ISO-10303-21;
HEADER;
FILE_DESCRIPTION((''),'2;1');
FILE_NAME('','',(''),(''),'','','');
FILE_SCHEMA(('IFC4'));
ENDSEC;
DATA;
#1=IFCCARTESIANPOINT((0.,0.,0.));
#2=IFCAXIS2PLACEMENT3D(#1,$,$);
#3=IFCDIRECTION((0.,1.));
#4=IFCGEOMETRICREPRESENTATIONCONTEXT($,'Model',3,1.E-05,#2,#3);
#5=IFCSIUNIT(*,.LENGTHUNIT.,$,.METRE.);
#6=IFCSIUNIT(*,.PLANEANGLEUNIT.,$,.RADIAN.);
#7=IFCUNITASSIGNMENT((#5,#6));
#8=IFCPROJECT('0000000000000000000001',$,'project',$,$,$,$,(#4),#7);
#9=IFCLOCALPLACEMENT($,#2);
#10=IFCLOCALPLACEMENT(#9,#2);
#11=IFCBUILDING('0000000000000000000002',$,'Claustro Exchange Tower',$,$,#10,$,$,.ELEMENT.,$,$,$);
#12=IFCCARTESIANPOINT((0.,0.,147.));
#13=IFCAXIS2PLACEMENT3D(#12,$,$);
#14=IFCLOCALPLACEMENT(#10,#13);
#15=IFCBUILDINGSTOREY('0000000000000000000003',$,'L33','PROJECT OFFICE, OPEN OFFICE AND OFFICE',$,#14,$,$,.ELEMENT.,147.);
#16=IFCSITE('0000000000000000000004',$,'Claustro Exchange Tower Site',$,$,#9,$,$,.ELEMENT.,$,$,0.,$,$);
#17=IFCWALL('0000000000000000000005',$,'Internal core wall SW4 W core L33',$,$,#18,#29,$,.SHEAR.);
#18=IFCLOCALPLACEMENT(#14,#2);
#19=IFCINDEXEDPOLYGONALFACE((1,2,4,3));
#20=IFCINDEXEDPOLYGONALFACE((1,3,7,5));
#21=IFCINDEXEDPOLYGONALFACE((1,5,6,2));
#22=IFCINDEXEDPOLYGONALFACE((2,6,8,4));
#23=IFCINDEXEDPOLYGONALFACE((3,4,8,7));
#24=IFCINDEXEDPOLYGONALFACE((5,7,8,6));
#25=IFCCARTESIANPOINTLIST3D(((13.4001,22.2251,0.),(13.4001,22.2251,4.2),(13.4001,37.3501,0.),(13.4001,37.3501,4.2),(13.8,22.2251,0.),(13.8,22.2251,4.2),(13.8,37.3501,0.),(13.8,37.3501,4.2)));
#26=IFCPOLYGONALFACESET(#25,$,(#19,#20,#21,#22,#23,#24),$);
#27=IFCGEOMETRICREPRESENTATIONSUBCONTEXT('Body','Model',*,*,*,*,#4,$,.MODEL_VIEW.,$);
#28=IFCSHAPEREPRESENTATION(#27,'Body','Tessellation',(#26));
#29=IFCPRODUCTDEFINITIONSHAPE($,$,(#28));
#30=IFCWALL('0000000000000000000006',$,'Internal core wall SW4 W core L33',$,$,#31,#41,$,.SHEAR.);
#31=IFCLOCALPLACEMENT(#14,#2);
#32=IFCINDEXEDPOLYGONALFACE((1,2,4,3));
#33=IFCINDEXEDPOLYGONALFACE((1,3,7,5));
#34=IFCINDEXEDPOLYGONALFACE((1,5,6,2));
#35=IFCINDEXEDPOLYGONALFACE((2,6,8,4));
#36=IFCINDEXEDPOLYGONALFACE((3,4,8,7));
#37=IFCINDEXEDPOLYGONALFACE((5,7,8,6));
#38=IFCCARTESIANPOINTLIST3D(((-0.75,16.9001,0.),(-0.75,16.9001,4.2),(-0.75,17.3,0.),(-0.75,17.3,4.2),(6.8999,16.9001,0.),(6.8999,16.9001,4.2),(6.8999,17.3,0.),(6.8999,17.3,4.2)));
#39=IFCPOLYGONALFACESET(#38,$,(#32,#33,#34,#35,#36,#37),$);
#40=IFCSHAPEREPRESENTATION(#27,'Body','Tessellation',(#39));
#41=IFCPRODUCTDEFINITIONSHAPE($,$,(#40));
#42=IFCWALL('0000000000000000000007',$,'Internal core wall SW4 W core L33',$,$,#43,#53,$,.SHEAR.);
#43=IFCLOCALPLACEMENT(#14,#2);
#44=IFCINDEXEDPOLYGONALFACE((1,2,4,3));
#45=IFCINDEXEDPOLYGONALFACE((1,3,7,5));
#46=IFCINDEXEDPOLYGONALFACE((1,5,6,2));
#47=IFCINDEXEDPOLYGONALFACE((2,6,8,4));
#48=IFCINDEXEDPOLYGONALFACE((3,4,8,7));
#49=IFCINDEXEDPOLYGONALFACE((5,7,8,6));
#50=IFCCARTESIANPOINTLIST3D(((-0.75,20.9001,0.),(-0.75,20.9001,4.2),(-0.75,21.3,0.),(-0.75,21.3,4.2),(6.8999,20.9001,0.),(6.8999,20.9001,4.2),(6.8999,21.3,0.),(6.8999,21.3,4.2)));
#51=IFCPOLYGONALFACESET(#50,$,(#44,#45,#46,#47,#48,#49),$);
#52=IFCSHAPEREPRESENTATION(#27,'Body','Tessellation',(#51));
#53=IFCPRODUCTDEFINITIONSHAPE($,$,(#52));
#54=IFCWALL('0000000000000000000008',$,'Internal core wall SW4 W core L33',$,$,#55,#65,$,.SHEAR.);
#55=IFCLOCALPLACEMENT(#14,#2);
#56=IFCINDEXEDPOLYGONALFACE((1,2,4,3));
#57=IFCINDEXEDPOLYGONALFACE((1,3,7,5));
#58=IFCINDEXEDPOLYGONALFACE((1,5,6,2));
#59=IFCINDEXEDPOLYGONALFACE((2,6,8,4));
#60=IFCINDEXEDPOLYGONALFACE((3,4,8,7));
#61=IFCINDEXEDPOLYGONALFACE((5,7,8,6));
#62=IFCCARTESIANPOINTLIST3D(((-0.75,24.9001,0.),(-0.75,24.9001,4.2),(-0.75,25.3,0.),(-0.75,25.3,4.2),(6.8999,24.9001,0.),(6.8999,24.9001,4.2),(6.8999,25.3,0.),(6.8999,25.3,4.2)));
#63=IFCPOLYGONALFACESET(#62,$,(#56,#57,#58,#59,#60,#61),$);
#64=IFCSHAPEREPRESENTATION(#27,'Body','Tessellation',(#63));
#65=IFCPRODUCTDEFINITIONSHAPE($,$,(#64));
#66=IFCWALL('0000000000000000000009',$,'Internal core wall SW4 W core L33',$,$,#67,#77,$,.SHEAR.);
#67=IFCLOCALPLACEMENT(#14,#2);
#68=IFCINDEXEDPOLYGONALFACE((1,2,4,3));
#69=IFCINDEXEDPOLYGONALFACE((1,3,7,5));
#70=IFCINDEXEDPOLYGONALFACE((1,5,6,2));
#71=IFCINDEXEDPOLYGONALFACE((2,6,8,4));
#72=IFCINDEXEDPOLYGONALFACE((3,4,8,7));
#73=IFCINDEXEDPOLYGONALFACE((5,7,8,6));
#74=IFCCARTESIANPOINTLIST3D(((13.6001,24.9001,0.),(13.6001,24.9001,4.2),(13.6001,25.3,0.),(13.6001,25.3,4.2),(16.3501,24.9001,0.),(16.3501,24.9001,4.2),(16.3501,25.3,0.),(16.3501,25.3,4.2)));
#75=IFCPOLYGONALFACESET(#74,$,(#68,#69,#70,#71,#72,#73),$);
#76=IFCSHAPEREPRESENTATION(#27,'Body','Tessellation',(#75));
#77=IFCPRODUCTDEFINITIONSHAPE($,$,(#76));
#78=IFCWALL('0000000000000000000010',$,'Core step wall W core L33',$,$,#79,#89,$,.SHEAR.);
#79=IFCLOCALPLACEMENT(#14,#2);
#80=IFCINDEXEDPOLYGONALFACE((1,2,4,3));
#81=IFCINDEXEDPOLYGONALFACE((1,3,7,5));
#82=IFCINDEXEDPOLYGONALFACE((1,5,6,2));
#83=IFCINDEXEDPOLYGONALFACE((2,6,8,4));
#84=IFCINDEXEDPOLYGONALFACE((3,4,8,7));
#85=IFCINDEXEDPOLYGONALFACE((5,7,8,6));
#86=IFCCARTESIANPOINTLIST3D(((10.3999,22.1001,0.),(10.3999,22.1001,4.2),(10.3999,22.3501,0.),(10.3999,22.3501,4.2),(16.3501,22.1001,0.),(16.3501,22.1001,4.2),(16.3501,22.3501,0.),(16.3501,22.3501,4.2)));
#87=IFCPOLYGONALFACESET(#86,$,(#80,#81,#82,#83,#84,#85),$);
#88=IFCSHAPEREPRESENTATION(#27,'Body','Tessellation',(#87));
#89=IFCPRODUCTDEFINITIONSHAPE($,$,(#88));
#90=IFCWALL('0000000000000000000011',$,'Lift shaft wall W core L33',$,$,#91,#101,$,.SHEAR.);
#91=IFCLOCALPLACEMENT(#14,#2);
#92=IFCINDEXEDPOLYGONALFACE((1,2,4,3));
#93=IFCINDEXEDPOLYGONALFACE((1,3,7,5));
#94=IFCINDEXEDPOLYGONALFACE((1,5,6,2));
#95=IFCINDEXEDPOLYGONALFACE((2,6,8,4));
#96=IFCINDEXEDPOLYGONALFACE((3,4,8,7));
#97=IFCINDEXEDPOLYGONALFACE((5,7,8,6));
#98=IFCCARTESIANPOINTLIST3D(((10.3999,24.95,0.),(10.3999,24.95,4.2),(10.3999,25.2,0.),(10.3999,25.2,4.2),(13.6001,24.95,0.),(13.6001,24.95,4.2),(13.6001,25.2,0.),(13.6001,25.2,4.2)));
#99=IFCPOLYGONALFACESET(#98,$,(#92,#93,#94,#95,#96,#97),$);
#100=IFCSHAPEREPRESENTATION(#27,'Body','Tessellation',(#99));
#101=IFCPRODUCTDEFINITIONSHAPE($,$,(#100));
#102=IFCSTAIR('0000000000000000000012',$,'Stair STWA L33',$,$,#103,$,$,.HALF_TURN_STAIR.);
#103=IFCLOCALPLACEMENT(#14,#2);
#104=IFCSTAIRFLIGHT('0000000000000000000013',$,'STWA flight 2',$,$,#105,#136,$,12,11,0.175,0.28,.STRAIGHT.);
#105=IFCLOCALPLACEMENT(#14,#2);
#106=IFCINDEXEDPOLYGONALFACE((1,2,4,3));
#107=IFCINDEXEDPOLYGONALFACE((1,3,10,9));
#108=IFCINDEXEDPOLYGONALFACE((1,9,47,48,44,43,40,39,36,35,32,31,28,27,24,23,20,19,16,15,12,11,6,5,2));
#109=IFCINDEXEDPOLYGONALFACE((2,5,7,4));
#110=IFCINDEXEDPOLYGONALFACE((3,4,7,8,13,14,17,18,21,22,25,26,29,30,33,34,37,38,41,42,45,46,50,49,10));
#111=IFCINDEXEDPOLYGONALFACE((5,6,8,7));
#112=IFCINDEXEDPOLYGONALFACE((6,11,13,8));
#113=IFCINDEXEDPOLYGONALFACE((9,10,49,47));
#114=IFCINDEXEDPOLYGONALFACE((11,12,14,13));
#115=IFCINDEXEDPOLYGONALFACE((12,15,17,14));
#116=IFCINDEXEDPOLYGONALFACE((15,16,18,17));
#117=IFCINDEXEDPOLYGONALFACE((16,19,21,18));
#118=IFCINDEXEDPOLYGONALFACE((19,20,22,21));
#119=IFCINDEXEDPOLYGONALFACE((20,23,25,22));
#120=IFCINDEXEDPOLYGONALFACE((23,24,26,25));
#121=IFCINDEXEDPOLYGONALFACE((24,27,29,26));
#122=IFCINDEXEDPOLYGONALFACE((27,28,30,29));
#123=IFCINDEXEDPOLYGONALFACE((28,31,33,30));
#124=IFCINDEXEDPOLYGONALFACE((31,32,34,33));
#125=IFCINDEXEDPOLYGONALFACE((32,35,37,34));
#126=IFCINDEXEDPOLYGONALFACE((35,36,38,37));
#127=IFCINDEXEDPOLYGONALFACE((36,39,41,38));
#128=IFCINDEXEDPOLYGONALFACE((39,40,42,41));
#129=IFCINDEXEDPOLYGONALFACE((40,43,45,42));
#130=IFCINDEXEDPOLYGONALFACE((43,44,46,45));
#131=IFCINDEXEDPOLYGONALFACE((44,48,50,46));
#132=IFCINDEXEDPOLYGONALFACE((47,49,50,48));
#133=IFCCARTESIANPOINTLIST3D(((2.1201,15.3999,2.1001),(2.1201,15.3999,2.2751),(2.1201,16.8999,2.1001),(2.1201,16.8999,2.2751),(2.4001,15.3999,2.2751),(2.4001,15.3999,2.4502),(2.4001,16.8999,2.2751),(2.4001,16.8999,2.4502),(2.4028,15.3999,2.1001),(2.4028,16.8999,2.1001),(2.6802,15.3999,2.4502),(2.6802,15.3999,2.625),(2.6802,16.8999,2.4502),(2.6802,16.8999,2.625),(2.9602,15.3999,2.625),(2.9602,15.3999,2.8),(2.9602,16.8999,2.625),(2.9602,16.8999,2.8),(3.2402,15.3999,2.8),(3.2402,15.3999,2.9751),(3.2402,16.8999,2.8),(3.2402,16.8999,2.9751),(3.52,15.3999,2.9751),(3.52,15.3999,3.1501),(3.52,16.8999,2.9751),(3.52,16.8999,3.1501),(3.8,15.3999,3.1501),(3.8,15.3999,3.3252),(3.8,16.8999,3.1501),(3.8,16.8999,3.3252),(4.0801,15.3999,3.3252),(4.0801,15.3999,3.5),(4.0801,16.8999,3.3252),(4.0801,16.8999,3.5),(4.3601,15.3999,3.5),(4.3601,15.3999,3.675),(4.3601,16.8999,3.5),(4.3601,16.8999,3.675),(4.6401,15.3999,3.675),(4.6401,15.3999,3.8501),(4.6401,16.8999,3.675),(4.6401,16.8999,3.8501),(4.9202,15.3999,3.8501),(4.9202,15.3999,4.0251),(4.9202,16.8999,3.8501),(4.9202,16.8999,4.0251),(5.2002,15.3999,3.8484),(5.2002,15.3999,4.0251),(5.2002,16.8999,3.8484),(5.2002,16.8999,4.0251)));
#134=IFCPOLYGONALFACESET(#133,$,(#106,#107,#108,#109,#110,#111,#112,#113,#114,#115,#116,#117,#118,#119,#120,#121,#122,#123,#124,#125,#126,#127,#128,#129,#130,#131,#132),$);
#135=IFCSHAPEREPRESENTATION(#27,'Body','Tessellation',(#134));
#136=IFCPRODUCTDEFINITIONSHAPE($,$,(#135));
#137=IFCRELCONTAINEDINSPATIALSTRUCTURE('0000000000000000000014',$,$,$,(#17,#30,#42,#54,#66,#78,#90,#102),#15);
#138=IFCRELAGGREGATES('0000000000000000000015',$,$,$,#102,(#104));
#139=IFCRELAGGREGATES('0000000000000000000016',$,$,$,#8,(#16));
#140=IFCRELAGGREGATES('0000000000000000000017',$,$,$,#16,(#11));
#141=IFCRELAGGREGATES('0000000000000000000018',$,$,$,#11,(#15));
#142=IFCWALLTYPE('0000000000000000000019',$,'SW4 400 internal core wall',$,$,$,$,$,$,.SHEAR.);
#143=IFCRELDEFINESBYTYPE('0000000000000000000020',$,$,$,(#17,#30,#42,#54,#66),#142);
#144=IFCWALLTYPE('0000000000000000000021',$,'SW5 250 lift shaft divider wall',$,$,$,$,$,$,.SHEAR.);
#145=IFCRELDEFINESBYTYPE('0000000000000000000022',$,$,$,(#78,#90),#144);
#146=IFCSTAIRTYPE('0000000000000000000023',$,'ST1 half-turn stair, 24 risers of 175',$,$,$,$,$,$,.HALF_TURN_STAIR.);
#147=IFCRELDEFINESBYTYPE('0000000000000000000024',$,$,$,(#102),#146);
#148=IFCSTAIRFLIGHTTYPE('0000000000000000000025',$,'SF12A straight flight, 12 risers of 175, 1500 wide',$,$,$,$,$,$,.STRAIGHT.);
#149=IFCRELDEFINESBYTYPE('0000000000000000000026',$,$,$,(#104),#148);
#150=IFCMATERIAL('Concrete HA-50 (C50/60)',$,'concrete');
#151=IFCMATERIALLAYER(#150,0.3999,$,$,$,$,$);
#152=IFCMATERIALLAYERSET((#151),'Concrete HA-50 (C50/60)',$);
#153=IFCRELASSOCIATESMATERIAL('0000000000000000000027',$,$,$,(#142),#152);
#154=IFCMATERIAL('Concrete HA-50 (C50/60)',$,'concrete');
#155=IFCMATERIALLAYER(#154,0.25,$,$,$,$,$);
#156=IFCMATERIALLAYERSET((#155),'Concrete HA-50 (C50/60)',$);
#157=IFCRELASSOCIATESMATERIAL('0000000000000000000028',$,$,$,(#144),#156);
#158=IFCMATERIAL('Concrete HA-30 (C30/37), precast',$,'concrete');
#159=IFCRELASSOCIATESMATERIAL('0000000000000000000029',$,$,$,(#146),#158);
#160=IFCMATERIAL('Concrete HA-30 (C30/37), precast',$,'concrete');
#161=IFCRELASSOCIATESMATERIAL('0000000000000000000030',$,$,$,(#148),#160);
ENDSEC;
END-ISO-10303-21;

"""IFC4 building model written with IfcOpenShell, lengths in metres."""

from ifc_helpers import new_model, si_unit, direction, frame, frame_2d, origin, place, context, subcontext, project, spatial, polyline, rectangle, outline, extrude, material, layer, layer_set, type_object, element, aggregate, save


model = new_model("IFC4")

# Units and contexts
model_context = context("Model", 3, precision=1e-05, world=origin(), true_north=direction((0.0, 1.0)))
body_context = subcontext(model_context, "Body", "Model", "MODEL_VIEW")
ifc_project = project(units=[si_unit("LENGTHUNIT", "METRE"), si_unit("PLANEANGLEUNIT", "RADIAN")], contexts=[model_context])

# Site, building, storey
site_placement = place(None, origin())
site = spatial("IfcSite", under=ifc_project, at=site_placement, Name="Claustro Exchange Tower Site", CompositionType="ELEMENT", RefElevation=0.0)
building_placement = place(site_placement, origin())
building = spatial("IfcBuilding", under=site, at=building_placement, Name="Claustro Exchange Tower", CompositionType="ELEMENT")
storey_placement = place(building_placement, frame((0.0, 0.0, 147.0)))
storey = spatial("IfcBuildingStorey", under=building, at=storey_placement, Name="L33", Description="PROJECT OFFICE, OPEN OFFICE AND OFFICE", CompositionType="ELEMENT", Elevation=147.0)

# Walls
ifc_material_1 = material(Name="Concrete HA-50 (C50/60)", Category="concrete")
ifc_layer_1 = layer(ifc_material_1, 0.3999)
ifc_layer_set_1 = layer_set([ifc_layer_1], Name="Concrete HA-50 (C50/60)")
wall_type_1 = type_object("IfcWallType", Name="SW4 400 internal core wall", PredefinedType="SHEAR", material=ifc_layer_set_1)
wall_1_placement = place(storey_placement, frame((13.6001, 22.2251, 0.0), z_axis=(0.0, 0.0, 1.0), x_axis=(0.0, 1.0, 0.0)))
element("IfcWall", 1, at=wall_1_placement, inside=storey, type_object=wall_type_1, Name="Internal core wall SW4 W core L33", PredefinedType="SHEAR", context=body_context, shape_type="SweptSolid", body=[
    extrude(rectangle(XDim=15.125, YDim=0.3999, at=frame_2d((7.5625, 0.0))), origin(), (0.0, 0.0, 1.0), 4.2),
])
for number, where, z_axis, x_axis, name in (
    (2, (-0.75, 17.1001, 0.0), (0.0, 0.0, 1.0), (1.0, 0.0, 0.0), "Internal core wall SW4 W core L33"),
    (3, (-0.75, 21.1001, 0.0), (0.0, 0.0, 1.0), (1.0, 0.0, 0.0), "Internal core wall SW4 W core L33"),
    (4, (-0.75, 25.1001, 0.0), (0.0, 0.0, 1.0), (1.0, 0.0, 0.0), "Internal core wall SW4 W core L33"),
):
    element("IfcWall", number, at=place(storey_placement, frame(where, z_axis=z_axis, x_axis=x_axis)), inside=storey, type_object=wall_type_1, Name=name, PredefinedType="SHEAR", context=body_context, shape_type="SweptSolid", body=[
        extrude(rectangle(XDim=7.6499, YDim=0.3999, at=frame_2d((3.825, 0.0))), origin(), (0.0, 0.0, 1.0), 4.2),
    ])
wall_2_placement = place(storey_placement, frame((13.6001, 25.1001, 0.0), z_axis=(0.0, 0.0, 1.0), x_axis=(1.0, 0.0, 0.0)))
element("IfcWall", 5, at=wall_2_placement, inside=storey, type_object=wall_type_1, Name="Internal core wall SW4 W core L33", PredefinedType="SHEAR", context=body_context, shape_type="SweptSolid", body=[
    extrude(rectangle(XDim=2.75, YDim=0.3999, at=frame_2d((1.375, 0.0))), origin(), (0.0, 0.0, 1.0), 4.2),
])
ifc_material_2 = material(Name="Concrete HA-50 (C50/60)", Category="concrete")
ifc_layer_2 = layer(ifc_material_2, 0.25)
ifc_layer_set_2 = layer_set([ifc_layer_2], Name="Concrete HA-50 (C50/60)")
wall_type_2 = type_object("IfcWallType", Name="SW5 250 lift shaft divider wall", PredefinedType="SHEAR", material=ifc_layer_set_2)
wall_3_placement = place(storey_placement, frame((10.3999, 22.2251, 0.0), z_axis=(0.0, 0.0, 1.0), x_axis=(1.0, 0.0, 0.0)))
element("IfcWall", 6, at=wall_3_placement, inside=storey, type_object=wall_type_2, Name="Core step wall W core L33", PredefinedType="SHEAR", context=body_context, shape_type="SweptSolid", body=[
    extrude(rectangle(XDim=5.9502, YDim=0.25, at=frame_2d((2.9751, 0.0))), origin(), (0.0, 0.0, 1.0), 4.2),
])
wall_4_placement = place(storey_placement, frame((10.3999, 25.075, 0.0), z_axis=(0.0, 0.0, 1.0), x_axis=(1.0, 0.0, 0.0)))
element("IfcWall", 7, at=wall_4_placement, inside=storey, type_object=wall_type_2, Name="Lift shaft wall W core L33", PredefinedType="SHEAR", context=body_context, shape_type="SweptSolid", body=[
    extrude(rectangle(XDim=3.2002, YDim=0.25, at=frame_2d((1.6001, 0.0))), origin(), (0.0, 0.0, 1.0), 4.2),
])

# Stair, stair flight
ifc_material_3 = material(Name="Concrete HA-30 (C30/37), precast", Category="concrete")
stair_type = type_object("IfcStairType", Name="ST1 half-turn stair, 24 risers of 175", PredefinedType="HALF_TURN_STAIR", material=ifc_material_3)
stair_placement = place(storey_placement, origin())
stair = element("IfcStair", 8, at=stair_placement, inside=storey, type_object=stair_type, Name="Stair STWA L33", PredefinedType="HALF_TURN_STAIR")
ifc_material_4 = material(Name="Concrete HA-30 (C30/37), precast", Category="concrete")
stair_flight_type = type_object("IfcStairFlightType", Name="SF12A straight flight, 12 risers of 175, 1500 wide", PredefinedType="STRAIGHT", material=ifc_material_4)
stair_flight_placement = place(storey_placement, frame((2.1201, 16.1499, 2.1001), z_axis=(0.0, 0.0, 1.0), x_axis=(1.0, 0.0, 0.0)))
stair_flight = element("IfcStairFlight", 9, at=stair_flight_placement, type_object=stair_flight_type, Name="STWA flight 2", NumberOfRisers=12, NumberOfTreads=11, PredefinedType="STRAIGHT", RiserHeight=0.175, TreadLength=0.28, context=body_context, shape_type="SweptSolid", body=[
    extrude(outline(polyline([(0.0, 0.0), (0.0, 0.175), (0.28, 0.175), (0.28, 0.3501), (0.5601, 0.3501), (0.5601, 0.5249), (0.8401, 0.5249), (0.8401, 0.7), (1.1201, 0.7), (1.1201, 0.875), (1.3999, 0.875), (1.3999, 1.05), (1.6799, 1.05), (1.6799, 1.2251), (1.96, 1.2251), (1.96, 1.3999), (2.24, 1.3999), (2.24, 1.575), (2.52, 1.575), (2.52, 1.75), (2.8, 1.75), (2.8, 1.925), (3.0801, 1.925), (3.0801, 2.1001), (3.0801, 1.7483), (0.2827, 0.0), (0.0, 0.0)])), frame((0.0, 0.75, 0.0), z_axis=(0.0, -1.0, 0.0), x_axis=(1.0, 0.0, 0.0)), (0.0, 0.0, 1.0), 1.5),
])
aggregate(stair, [stair_flight])

save(model, "model.ifc")
